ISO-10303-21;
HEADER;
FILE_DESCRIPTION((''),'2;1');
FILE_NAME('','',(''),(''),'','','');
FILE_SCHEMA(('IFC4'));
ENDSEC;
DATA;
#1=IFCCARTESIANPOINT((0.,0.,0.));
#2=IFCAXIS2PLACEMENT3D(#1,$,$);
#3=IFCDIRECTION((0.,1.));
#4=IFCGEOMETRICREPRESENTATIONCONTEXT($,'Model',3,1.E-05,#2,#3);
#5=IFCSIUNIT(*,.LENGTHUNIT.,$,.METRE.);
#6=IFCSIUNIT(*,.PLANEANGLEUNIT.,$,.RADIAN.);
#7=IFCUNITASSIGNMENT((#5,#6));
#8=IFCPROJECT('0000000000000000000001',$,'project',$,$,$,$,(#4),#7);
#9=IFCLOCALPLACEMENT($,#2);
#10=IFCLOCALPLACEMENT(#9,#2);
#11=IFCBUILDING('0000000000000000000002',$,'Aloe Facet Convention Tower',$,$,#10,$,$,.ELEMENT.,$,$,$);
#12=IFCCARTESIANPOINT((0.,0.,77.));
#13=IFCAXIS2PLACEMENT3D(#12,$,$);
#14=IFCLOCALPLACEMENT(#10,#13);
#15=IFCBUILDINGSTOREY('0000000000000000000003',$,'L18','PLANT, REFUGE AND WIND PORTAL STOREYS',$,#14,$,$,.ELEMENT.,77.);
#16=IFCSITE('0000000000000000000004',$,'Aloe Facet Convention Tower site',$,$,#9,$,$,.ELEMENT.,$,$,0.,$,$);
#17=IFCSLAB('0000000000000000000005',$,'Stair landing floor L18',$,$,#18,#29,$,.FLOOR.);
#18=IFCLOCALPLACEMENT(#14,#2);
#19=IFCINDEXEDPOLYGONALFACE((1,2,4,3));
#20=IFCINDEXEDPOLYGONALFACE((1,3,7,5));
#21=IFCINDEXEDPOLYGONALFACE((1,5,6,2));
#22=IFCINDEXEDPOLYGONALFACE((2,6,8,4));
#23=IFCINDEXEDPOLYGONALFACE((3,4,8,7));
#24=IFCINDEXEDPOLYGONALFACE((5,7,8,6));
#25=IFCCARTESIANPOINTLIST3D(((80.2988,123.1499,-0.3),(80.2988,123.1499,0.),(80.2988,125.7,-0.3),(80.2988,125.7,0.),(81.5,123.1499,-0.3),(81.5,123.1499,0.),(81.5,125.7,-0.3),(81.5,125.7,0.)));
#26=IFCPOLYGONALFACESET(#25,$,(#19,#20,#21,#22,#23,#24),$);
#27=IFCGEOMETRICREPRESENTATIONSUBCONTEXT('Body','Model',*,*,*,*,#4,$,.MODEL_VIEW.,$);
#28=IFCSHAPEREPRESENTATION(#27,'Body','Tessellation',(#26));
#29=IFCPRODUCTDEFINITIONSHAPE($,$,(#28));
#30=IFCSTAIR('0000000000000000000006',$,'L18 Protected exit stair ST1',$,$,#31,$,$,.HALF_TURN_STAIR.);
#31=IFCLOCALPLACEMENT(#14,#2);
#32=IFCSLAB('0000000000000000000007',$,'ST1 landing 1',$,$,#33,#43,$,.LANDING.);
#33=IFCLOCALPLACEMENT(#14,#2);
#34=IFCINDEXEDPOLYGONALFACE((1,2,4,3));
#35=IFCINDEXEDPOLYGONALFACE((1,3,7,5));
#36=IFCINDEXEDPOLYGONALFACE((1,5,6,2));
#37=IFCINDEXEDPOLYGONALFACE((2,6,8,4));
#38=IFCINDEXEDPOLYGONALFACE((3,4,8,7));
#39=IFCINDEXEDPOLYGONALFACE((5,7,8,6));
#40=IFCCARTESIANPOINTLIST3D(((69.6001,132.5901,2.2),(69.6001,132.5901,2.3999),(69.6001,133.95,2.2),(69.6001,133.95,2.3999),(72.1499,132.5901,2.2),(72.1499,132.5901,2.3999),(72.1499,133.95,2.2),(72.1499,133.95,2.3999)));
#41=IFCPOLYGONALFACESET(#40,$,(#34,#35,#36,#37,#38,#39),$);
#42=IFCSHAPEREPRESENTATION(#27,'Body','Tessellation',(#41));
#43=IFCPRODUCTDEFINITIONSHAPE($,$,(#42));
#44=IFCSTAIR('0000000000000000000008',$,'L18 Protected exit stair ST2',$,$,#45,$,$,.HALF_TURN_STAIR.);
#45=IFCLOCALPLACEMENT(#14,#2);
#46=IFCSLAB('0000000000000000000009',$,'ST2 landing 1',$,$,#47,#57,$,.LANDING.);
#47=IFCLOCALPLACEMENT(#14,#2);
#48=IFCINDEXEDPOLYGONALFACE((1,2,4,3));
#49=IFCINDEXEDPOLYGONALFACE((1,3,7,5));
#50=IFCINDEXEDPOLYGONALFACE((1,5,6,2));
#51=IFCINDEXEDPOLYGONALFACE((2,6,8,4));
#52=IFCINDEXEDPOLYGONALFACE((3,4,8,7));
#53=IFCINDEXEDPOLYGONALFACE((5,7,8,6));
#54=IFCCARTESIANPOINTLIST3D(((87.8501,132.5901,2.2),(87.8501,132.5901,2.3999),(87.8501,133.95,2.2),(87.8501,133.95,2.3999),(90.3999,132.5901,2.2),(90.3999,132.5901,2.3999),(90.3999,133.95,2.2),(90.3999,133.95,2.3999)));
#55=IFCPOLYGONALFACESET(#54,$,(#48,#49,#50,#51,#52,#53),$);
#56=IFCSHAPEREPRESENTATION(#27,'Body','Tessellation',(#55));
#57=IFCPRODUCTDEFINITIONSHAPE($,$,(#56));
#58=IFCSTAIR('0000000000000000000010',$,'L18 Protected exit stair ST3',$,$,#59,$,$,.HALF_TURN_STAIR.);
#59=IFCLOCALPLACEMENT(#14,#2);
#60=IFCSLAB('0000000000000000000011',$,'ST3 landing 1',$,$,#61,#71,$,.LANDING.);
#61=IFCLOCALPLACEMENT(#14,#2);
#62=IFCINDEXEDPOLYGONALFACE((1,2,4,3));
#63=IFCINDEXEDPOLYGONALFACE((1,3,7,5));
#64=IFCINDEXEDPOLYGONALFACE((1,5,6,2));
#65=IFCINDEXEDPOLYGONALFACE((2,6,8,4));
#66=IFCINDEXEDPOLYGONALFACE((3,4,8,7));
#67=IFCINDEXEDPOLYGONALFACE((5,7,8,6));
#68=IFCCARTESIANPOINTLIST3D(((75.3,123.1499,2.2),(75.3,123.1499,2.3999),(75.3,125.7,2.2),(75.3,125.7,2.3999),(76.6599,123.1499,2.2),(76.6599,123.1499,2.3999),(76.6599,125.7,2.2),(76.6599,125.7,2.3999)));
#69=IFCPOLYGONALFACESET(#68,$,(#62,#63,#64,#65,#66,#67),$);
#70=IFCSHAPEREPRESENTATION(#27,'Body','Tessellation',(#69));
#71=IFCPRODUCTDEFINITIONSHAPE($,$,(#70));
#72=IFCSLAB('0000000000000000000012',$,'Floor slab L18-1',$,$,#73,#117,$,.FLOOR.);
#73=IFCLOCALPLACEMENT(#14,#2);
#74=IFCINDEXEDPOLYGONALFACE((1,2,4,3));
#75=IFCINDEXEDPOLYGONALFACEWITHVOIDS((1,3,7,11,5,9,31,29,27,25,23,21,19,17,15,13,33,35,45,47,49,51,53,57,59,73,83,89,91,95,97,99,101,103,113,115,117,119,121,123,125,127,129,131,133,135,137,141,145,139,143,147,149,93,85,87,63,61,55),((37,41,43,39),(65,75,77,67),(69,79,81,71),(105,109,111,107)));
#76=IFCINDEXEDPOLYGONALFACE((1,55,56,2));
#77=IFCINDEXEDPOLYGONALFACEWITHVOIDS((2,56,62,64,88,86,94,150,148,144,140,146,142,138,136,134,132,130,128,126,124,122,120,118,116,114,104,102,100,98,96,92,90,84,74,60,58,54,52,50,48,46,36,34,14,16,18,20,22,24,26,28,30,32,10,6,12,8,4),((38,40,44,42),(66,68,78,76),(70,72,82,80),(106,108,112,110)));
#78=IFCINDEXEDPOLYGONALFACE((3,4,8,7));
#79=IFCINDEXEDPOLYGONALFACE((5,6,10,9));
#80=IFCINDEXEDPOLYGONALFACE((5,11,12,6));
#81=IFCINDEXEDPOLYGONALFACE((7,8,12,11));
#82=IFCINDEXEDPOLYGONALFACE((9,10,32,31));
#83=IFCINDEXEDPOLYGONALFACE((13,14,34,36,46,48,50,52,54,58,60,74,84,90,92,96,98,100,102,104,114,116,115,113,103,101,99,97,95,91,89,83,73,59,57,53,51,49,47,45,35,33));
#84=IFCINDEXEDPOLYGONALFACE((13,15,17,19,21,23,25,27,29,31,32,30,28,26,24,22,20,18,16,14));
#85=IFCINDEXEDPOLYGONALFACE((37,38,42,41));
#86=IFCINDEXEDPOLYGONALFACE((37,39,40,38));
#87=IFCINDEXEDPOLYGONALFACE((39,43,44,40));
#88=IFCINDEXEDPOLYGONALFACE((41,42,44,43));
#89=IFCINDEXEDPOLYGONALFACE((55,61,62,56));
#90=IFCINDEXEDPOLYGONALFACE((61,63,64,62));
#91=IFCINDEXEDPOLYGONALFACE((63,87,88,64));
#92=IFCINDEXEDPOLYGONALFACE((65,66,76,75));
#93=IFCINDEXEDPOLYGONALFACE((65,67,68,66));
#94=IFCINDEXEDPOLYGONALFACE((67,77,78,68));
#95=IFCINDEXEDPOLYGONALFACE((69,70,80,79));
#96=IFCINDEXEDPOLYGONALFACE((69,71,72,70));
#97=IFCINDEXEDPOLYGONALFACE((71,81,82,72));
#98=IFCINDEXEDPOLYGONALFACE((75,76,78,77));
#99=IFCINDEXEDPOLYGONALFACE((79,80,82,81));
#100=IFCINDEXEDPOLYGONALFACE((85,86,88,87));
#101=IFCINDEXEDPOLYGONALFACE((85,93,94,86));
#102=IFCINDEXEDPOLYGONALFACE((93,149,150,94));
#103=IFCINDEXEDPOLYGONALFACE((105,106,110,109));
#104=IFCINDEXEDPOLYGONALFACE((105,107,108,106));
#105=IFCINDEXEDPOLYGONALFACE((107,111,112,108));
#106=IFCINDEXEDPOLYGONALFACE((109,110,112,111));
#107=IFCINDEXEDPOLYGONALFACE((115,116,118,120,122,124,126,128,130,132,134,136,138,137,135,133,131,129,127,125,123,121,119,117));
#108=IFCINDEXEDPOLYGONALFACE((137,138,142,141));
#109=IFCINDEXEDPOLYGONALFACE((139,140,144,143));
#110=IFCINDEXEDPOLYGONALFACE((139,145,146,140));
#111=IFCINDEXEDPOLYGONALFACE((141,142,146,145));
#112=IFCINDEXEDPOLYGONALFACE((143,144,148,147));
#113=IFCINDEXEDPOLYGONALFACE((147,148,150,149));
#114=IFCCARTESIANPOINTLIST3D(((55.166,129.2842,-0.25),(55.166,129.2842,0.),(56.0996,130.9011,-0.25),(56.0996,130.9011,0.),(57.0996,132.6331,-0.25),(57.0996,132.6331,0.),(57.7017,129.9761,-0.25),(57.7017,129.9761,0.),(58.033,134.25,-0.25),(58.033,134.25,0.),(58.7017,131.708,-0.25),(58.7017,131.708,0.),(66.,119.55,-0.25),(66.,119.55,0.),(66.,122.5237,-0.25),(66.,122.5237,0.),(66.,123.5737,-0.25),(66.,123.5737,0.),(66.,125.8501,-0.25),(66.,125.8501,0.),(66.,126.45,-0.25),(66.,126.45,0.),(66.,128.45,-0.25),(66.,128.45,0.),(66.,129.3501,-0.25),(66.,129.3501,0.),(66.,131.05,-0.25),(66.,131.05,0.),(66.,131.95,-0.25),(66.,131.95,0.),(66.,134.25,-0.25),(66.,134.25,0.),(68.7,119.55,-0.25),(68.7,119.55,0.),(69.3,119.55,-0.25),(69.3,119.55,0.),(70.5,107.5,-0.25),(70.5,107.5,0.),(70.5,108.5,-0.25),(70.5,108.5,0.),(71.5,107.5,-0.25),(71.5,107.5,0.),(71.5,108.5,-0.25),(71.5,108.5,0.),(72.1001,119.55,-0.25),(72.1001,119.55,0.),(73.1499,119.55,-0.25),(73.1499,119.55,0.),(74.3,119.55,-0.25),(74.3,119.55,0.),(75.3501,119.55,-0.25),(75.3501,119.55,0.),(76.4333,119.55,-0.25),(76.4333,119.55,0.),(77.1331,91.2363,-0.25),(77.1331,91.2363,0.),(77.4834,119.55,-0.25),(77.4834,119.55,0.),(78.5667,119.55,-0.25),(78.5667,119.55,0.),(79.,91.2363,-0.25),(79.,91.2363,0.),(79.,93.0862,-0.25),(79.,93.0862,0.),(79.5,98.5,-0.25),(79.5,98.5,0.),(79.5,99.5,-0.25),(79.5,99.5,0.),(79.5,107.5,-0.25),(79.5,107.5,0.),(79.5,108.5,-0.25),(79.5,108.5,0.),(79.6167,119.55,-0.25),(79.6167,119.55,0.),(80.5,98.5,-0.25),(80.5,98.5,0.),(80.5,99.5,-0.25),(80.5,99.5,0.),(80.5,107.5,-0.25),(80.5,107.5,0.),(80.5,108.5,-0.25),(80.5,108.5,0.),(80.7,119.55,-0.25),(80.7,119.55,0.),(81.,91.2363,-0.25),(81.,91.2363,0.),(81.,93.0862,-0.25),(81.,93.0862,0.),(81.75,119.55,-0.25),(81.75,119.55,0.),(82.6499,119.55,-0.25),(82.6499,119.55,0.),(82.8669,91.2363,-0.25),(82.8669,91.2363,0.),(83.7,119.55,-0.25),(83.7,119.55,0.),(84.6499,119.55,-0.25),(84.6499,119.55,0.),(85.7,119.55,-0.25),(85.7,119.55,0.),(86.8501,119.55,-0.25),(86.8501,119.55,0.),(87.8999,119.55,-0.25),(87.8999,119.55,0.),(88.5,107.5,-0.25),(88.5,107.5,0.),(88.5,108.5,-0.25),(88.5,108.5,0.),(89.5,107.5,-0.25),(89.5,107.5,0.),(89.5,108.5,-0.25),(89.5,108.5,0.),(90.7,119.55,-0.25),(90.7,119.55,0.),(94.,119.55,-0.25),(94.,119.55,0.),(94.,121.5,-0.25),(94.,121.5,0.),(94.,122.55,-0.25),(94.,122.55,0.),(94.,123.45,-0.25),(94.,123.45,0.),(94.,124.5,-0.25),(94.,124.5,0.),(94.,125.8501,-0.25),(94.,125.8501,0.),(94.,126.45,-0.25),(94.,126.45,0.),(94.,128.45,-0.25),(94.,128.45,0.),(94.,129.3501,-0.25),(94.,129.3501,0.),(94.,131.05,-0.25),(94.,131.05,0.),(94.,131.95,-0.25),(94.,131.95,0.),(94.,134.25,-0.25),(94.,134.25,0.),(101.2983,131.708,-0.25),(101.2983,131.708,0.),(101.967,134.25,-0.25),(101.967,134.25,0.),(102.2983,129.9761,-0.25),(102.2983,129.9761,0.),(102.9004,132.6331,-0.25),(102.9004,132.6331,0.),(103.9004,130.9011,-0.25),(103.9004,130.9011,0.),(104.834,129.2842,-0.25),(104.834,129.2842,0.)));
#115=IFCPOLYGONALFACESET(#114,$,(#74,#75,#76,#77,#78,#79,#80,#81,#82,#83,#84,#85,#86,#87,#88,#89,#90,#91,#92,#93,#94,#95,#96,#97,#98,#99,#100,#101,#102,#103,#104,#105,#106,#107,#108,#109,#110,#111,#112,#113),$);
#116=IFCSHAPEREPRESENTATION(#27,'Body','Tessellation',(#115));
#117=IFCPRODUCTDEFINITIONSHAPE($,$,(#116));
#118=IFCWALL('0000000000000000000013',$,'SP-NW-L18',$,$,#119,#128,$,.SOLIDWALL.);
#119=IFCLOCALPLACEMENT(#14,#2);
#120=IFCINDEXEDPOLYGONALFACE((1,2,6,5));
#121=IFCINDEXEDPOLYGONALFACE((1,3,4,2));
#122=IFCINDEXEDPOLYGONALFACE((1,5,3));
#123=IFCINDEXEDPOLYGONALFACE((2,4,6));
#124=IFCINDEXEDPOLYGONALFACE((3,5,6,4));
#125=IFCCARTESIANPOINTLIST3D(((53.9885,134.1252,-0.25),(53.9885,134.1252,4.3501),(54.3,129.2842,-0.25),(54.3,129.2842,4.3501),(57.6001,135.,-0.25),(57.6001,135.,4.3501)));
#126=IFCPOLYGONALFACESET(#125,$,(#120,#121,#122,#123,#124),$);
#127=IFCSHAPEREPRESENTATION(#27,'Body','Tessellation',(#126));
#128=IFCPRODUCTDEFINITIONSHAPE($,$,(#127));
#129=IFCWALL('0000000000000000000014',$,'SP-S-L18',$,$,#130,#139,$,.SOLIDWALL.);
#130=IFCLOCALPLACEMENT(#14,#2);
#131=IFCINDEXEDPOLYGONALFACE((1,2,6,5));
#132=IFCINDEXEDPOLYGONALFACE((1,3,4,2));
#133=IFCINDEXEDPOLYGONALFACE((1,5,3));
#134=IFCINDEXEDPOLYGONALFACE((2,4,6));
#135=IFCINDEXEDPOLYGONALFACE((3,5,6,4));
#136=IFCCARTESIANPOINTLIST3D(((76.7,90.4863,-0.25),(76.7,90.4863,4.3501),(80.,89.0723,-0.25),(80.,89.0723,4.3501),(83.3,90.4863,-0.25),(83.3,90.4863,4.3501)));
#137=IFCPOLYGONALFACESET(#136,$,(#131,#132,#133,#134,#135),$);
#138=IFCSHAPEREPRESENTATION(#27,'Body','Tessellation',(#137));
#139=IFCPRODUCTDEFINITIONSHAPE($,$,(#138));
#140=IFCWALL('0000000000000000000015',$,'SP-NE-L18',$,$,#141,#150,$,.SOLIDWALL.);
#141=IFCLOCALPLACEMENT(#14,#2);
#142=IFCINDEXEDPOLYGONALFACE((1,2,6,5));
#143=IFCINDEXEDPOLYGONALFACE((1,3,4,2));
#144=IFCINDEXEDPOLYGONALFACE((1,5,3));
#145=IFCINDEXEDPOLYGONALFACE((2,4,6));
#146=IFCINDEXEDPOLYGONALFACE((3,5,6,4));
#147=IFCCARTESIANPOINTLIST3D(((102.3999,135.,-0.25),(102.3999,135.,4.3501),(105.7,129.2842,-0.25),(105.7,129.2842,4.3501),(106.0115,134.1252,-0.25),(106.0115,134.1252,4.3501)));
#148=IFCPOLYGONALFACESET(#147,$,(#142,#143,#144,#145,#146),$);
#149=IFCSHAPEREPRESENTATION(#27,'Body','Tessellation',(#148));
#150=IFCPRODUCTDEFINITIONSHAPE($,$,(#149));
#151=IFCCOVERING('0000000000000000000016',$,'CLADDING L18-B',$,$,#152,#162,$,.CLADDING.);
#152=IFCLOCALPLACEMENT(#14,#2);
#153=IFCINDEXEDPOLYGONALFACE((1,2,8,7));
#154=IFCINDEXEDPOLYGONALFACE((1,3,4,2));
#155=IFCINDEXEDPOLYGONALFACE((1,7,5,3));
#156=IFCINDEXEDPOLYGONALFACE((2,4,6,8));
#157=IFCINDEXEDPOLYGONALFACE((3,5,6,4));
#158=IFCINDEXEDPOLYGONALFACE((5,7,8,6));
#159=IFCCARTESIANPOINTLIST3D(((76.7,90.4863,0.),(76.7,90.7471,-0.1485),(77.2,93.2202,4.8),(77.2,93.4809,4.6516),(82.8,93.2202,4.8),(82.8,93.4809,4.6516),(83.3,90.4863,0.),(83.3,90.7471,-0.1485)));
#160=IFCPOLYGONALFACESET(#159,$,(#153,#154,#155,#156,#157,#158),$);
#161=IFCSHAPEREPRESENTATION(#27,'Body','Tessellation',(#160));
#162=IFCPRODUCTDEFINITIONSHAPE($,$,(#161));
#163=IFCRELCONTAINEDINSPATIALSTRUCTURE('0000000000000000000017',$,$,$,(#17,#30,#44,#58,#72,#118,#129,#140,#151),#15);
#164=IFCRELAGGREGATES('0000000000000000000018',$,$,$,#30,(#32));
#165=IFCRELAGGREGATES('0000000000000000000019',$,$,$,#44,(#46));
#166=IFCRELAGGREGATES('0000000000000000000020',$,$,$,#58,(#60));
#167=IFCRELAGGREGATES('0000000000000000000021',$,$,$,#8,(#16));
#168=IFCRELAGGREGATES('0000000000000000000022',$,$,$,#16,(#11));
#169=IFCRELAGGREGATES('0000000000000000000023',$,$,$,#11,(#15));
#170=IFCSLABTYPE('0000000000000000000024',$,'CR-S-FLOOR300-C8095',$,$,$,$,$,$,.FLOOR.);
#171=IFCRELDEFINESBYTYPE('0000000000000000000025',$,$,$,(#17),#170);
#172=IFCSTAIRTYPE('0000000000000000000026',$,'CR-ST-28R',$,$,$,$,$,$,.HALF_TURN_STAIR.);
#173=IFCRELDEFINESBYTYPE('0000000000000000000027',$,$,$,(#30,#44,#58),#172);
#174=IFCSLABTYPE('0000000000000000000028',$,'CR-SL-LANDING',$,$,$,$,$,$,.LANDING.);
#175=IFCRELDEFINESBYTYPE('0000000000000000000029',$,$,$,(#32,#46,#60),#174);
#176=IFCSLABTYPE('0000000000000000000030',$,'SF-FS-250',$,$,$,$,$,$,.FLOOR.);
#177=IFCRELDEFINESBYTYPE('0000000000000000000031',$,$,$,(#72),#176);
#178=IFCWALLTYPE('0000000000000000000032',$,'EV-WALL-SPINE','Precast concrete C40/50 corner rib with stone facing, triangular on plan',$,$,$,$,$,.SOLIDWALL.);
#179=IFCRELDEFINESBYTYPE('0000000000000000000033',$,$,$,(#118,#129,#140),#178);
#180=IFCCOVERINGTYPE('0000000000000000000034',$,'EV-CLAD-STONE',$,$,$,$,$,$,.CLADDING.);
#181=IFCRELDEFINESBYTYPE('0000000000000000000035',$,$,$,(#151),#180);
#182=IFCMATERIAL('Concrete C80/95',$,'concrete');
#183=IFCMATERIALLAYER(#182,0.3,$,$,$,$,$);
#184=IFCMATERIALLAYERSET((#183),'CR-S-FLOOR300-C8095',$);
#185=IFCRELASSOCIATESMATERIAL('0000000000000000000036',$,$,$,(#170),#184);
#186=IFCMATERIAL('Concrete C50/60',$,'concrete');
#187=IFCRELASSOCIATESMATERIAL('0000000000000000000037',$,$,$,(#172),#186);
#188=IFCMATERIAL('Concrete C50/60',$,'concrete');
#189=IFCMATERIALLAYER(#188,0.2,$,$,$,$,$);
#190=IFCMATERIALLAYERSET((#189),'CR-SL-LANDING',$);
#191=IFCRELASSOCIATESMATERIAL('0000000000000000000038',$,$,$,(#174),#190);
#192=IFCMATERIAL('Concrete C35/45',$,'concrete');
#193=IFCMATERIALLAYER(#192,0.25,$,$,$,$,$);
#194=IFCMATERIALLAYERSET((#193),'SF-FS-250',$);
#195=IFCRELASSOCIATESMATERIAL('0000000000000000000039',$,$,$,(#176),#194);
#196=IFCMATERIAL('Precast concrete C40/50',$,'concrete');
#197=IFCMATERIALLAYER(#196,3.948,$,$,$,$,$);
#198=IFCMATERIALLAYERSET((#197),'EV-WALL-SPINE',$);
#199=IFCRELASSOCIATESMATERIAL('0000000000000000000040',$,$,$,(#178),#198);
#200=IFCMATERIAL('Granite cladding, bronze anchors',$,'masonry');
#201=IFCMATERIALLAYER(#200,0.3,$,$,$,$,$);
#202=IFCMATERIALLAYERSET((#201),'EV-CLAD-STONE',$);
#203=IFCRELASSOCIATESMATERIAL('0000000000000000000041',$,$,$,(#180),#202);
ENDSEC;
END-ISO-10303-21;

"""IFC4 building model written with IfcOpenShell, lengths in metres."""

from ifc_helpers import new_model, si_unit, direction, frame, origin, place, context, subcontext, project, spatial, polyline, outline, extrude, material, layer, layer_set, type_object, element, aggregate, save


model = new_model("IFC4")

# Units and contexts
model_context = context("Model", 3, precision=1e-05, world=origin(), true_north=direction((0.0, 1.0)))
body_context = subcontext(model_context, "Body", "Model", "MODEL_VIEW")
ifc_project = project(units=[si_unit("LENGTHUNIT", "METRE"), si_unit("PLANEANGLEUNIT", "RADIAN")], contexts=[model_context])

# Site, building, storey
site_placement = place(None, origin())
site = spatial("IfcSite", under=ifc_project, at=site_placement, Name="Aloe Facet Convention Tower site", CompositionType="ELEMENT", RefElevation=0.0)
building_placement = place(site_placement, origin())
building = spatial("IfcBuilding", under=site, at=building_placement, Name="Aloe Facet Convention Tower", CompositionType="ELEMENT")
storey_placement = place(building_placement, frame((0.0, 0.0, 77.0)))
storey = spatial("IfcBuildingStorey", under=building, at=storey_placement, Name="L18", Description="PLANT, REFUGE AND WIND PORTAL STOREYS", CompositionType="ELEMENT", Elevation=77.0)

# Slab
ifc_material_1 = material(Name="Concrete C80/95", Category="concrete")
ifc_layer_1 = layer(ifc_material_1, 0.3)
ifc_layer_set_1 = layer_set([ifc_layer_1], Name="CR-S-FLOOR300-C8095")
slab_type_1 = type_object("IfcSlabType", Name="CR-S-FLOOR300-C8095", PredefinedType="FLOOR", material=ifc_layer_set_1)
slab_1_placement = place(storey_placement, frame((0.0, 0.0, -0.3)))
element("IfcSlab", 1, at=slab_1_placement, inside=storey, type_object=slab_type_1, Name="Stair landing floor L18", PredefinedType="FLOOR", context=body_context, shape_type="SweptSolid", body=[
    extrude(outline(polyline([(81.5, 125.7), (80.2988, 125.7), (80.2988, 123.1499), (81.5, 123.1499), (81.5, 125.7)])), origin(), (0.0, 0.0, 1.0), 0.3),
])

# Stairs, slabs
ifc_material_2 = material(Name="Concrete C50/60", Category="concrete")
stair_type = type_object("IfcStairType", Name="CR-ST-28R", PredefinedType="HALF_TURN_STAIR", material=ifc_material_2)
stair_1_placement = place(storey_placement, origin())
stair_1 = element("IfcStair", 2, at=stair_1_placement, inside=storey, type_object=stair_type, Name="L18 Protected exit stair ST1", PredefinedType="HALF_TURN_STAIR")
ifc_material_3 = material(Name="Concrete C50/60", Category="concrete")
ifc_layer_2 = layer(ifc_material_3, 0.2)
ifc_layer_set_2 = layer_set([ifc_layer_2], Name="CR-SL-LANDING")
slab_type_2 = type_object("IfcSlabType", Name="CR-SL-LANDING", PredefinedType="LANDING", material=ifc_layer_set_2)
slab_2_placement = place(storey_placement, frame((0.0, 0.0, 2.2)))
slab_2 = element("IfcSlab", 3, at=slab_2_placement, type_object=slab_type_2, Name="ST1 landing 1", PredefinedType="LANDING", context=body_context, shape_type="SweptSolid", body=[
    extrude(outline(polyline([(72.1499, 132.5901), (72.1499, 133.95), (69.6001, 133.95), (69.6001, 132.5901), (72.1499, 132.5901)])), origin(), (0.0, 0.0, 1.0), 0.2),
])
aggregate(stair_1, [slab_2])
stair_2_placement = place(storey_placement, origin())
stair_2 = element("IfcStair", 4, at=stair_2_placement, inside=storey, type_object=stair_type, Name="L18 Protected exit stair ST2", PredefinedType="HALF_TURN_STAIR")
slab_3_placement = place(storey_placement, frame((0.0, 0.0, 2.2)))
slab_3 = element("IfcSlab", 5, at=slab_3_placement, type_object=slab_type_2, Name="ST2 landing 1", PredefinedType="LANDING", context=body_context, shape_type="SweptSolid", body=[
    extrude(outline(polyline([(90.3999, 132.5901), (90.3999, 133.95), (87.8501, 133.95), (87.8501, 132.5901), (90.3999, 132.5901)])), origin(), (0.0, 0.0, 1.0), 0.2),
])
aggregate(stair_2, [slab_3])
stair_3_placement = place(storey_placement, origin())
stair_3 = element("IfcStair", 6, at=stair_3_placement, inside=storey, type_object=stair_type, Name="L18 Protected exit stair ST3", PredefinedType="HALF_TURN_STAIR")
slab_4_placement = place(storey_placement, frame((0.0, 0.0, 2.2)))
slab_4 = element("IfcSlab", 7, at=slab_4_placement, type_object=slab_type_2, Name="ST3 landing 1", PredefinedType="LANDING", context=body_context, shape_type="SweptSolid", body=[
    extrude(outline(polyline([(76.6599, 125.7), (75.3, 125.7), (75.3, 123.1499), (76.6599, 123.1499), (76.6599, 125.7)])), origin(), (0.0, 0.0, 1.0), 0.2),
])
aggregate(stair_3, [slab_4])

# Slab
ifc_material_4 = material(Name="Concrete C35/45", Category="concrete")
ifc_layer_3 = layer(ifc_material_4, 0.25)
ifc_layer_set_3 = layer_set([ifc_layer_3], Name="SF-FS-250")
slab_type_3 = type_object("IfcSlabType", Name="SF-FS-250", PredefinedType="FLOOR", material=ifc_layer_set_3)
slab_5_placement = place(storey_placement, frame((0.0, 0.0, -0.25)))
element("IfcSlab", 8, at=slab_5_placement, inside=storey, type_object=slab_type_3, Name="Floor slab L18-1", PredefinedType="FLOOR", context=body_context, shape_type="SweptSolid", body=[
    extrude(outline(polyline([(102.9004, 132.6331), (101.2983, 131.708), (102.2983, 129.9761), (103.9004, 130.9011), (104.834, 129.2842), (82.8669, 91.2363), (81.0, 91.2363), (81.0, 93.0862), (79.0, 93.0862), (79.0, 91.2363), (77.1331, 91.2363), (55.166, 129.2842), (56.0996, 130.9011), (57.7017, 129.9761), (58.7017, 131.708), (57.0996, 132.6331), (58.033, 134.25), (66.0, 134.25), (66.0, 131.95), (66.0, 131.05), (66.0, 129.3501), (66.0, 128.45), (66.0, 126.45), (66.0, 125.8501), (66.0, 123.5737), (66.0, 122.5237), (66.0, 119.55), (68.7, 119.55), (69.3, 119.55), (72.1001, 119.55), (73.1499, 119.55), (74.3, 119.55), (75.3501, 119.55), (76.4333, 119.55), (77.4834, 119.55), (78.5667, 119.55), (79.6167, 119.55), (80.7, 119.55), (81.75, 119.55), (82.6499, 119.55), (83.7, 119.55), (84.6499, 119.55), (85.7, 119.55), (86.8501, 119.55), (87.8999, 119.55), (90.7, 119.55), (94.0, 119.55), (94.0, 121.5), (94.0, 122.55), (94.0, 123.45), (94.0, 124.5), (94.0, 125.8501), (94.0, 126.45), (94.0, 128.45), (94.0, 129.3501), (94.0, 131.05), (94.0, 131.95), (94.0, 134.25), (101.967, 134.25), (102.9004, 132.6331)]), holes=[polyline([(79.5, 99.5), (79.5, 98.5), (80.5, 98.5), (80.5, 99.5), (79.5, 99.5)]), polyline([(70.5, 108.5), (70.5, 107.5), (71.5, 107.5), (71.5, 108.5), (70.5, 108.5)]), polyline([(79.5, 108.5), (79.5, 107.5), (80.5, 107.5), (80.5, 108.5), (79.5, 108.5)]), polyline([(88.5, 108.5), (88.5, 107.5), (89.5, 107.5), (89.5, 108.5), (88.5, 108.5)])]), origin(), (0.0, 0.0, 1.0), 0.25),
])

# Walls
ifc_material_5 = material(Name="Precast concrete C40/50", Category="concrete")
ifc_layer_4 = layer(ifc_material_5, 3.948)
ifc_layer_set_4 = layer_set([ifc_layer_4], Name="EV-WALL-SPINE")
wall_type = type_object("IfcWallType", Name="EV-WALL-SPINE", Description="Precast concrete C40/50 corner rib with stone facing, triangular on plan", PredefinedType="SOLIDWALL", material=ifc_layer_set_4)
wall_1_placement = place(storey_placement, frame((0.0, 0.0, -0.25)))
element("IfcWall", 9, at=wall_1_placement, inside=storey, type_object=wall_type, Name="SP-NW-L18", PredefinedType="SOLIDWALL", context=body_context, shape_type="SweptSolid", body=[
    extrude(outline(polyline([(57.6001, 135.0), (53.9885, 134.1252), (54.3, 129.2842), (57.6001, 135.0)])), origin(), (0.0, 0.0, 1.0), 4.6001),
])
wall_2_placement = place(storey_placement, frame((0.0, 0.0, -0.25)))
element("IfcWall", 10, at=wall_2_placement, inside=storey, type_object=wall_type, Name="SP-S-L18", PredefinedType="SOLIDWALL", context=body_context, shape_type="SweptSolid", body=[
    extrude(outline(polyline([(76.7, 90.4863), (80.0, 89.0723), (83.3, 90.4863), (76.7, 90.4863)])), origin(), (0.0, 0.0, 1.0), 4.6001),
])
wall_3_placement = place(storey_placement, frame((0.0, 0.0, -0.25)))
element("IfcWall", 11, at=wall_3_placement, inside=storey, type_object=wall_type, Name="SP-NE-L18", PredefinedType="SOLIDWALL", context=body_context, shape_type="SweptSolid", body=[
    extrude(outline(polyline([(105.7, 129.2842), (106.0115, 134.1252), (102.3999, 135.0), (105.7, 129.2842)])), origin(), (0.0, 0.0, 1.0), 4.6001),
])

# Covering
ifc_material_6 = material(Name="Granite cladding, bronze anchors", Category="masonry")
ifc_layer_5 = layer(ifc_material_6, 0.3)
ifc_layer_set_5 = layer_set([ifc_layer_5], Name="EV-CLAD-STONE")
covering_type = type_object("IfcCoveringType", Name="EV-CLAD-STONE", PredefinedType="CLADDING", material=ifc_layer_set_5)
covering_1_placement = place(storey_placement, frame((76.7, 90.4863, 0.0), z_axis=(0.0, -0.868944, 0.49491), x_axis=(1.0, 0.0, 0.0)))
element("IfcCovering", 12, at=covering_1_placement, inside=storey, type_object=covering_type, Name="CLADDING L18-B", PredefinedType="CLADDING", context=body_context, shape_type="SweptSolid", body=[
    extrude(outline(polyline([(0.0, 0.0), (6.6001, 0.0), (6.1001, 5.524), (0.5, 5.524), (0.0, 0.0)])), origin(), (0.0, 0.0, -1.0), 0.3),
])

save(model, "model.ifc")
